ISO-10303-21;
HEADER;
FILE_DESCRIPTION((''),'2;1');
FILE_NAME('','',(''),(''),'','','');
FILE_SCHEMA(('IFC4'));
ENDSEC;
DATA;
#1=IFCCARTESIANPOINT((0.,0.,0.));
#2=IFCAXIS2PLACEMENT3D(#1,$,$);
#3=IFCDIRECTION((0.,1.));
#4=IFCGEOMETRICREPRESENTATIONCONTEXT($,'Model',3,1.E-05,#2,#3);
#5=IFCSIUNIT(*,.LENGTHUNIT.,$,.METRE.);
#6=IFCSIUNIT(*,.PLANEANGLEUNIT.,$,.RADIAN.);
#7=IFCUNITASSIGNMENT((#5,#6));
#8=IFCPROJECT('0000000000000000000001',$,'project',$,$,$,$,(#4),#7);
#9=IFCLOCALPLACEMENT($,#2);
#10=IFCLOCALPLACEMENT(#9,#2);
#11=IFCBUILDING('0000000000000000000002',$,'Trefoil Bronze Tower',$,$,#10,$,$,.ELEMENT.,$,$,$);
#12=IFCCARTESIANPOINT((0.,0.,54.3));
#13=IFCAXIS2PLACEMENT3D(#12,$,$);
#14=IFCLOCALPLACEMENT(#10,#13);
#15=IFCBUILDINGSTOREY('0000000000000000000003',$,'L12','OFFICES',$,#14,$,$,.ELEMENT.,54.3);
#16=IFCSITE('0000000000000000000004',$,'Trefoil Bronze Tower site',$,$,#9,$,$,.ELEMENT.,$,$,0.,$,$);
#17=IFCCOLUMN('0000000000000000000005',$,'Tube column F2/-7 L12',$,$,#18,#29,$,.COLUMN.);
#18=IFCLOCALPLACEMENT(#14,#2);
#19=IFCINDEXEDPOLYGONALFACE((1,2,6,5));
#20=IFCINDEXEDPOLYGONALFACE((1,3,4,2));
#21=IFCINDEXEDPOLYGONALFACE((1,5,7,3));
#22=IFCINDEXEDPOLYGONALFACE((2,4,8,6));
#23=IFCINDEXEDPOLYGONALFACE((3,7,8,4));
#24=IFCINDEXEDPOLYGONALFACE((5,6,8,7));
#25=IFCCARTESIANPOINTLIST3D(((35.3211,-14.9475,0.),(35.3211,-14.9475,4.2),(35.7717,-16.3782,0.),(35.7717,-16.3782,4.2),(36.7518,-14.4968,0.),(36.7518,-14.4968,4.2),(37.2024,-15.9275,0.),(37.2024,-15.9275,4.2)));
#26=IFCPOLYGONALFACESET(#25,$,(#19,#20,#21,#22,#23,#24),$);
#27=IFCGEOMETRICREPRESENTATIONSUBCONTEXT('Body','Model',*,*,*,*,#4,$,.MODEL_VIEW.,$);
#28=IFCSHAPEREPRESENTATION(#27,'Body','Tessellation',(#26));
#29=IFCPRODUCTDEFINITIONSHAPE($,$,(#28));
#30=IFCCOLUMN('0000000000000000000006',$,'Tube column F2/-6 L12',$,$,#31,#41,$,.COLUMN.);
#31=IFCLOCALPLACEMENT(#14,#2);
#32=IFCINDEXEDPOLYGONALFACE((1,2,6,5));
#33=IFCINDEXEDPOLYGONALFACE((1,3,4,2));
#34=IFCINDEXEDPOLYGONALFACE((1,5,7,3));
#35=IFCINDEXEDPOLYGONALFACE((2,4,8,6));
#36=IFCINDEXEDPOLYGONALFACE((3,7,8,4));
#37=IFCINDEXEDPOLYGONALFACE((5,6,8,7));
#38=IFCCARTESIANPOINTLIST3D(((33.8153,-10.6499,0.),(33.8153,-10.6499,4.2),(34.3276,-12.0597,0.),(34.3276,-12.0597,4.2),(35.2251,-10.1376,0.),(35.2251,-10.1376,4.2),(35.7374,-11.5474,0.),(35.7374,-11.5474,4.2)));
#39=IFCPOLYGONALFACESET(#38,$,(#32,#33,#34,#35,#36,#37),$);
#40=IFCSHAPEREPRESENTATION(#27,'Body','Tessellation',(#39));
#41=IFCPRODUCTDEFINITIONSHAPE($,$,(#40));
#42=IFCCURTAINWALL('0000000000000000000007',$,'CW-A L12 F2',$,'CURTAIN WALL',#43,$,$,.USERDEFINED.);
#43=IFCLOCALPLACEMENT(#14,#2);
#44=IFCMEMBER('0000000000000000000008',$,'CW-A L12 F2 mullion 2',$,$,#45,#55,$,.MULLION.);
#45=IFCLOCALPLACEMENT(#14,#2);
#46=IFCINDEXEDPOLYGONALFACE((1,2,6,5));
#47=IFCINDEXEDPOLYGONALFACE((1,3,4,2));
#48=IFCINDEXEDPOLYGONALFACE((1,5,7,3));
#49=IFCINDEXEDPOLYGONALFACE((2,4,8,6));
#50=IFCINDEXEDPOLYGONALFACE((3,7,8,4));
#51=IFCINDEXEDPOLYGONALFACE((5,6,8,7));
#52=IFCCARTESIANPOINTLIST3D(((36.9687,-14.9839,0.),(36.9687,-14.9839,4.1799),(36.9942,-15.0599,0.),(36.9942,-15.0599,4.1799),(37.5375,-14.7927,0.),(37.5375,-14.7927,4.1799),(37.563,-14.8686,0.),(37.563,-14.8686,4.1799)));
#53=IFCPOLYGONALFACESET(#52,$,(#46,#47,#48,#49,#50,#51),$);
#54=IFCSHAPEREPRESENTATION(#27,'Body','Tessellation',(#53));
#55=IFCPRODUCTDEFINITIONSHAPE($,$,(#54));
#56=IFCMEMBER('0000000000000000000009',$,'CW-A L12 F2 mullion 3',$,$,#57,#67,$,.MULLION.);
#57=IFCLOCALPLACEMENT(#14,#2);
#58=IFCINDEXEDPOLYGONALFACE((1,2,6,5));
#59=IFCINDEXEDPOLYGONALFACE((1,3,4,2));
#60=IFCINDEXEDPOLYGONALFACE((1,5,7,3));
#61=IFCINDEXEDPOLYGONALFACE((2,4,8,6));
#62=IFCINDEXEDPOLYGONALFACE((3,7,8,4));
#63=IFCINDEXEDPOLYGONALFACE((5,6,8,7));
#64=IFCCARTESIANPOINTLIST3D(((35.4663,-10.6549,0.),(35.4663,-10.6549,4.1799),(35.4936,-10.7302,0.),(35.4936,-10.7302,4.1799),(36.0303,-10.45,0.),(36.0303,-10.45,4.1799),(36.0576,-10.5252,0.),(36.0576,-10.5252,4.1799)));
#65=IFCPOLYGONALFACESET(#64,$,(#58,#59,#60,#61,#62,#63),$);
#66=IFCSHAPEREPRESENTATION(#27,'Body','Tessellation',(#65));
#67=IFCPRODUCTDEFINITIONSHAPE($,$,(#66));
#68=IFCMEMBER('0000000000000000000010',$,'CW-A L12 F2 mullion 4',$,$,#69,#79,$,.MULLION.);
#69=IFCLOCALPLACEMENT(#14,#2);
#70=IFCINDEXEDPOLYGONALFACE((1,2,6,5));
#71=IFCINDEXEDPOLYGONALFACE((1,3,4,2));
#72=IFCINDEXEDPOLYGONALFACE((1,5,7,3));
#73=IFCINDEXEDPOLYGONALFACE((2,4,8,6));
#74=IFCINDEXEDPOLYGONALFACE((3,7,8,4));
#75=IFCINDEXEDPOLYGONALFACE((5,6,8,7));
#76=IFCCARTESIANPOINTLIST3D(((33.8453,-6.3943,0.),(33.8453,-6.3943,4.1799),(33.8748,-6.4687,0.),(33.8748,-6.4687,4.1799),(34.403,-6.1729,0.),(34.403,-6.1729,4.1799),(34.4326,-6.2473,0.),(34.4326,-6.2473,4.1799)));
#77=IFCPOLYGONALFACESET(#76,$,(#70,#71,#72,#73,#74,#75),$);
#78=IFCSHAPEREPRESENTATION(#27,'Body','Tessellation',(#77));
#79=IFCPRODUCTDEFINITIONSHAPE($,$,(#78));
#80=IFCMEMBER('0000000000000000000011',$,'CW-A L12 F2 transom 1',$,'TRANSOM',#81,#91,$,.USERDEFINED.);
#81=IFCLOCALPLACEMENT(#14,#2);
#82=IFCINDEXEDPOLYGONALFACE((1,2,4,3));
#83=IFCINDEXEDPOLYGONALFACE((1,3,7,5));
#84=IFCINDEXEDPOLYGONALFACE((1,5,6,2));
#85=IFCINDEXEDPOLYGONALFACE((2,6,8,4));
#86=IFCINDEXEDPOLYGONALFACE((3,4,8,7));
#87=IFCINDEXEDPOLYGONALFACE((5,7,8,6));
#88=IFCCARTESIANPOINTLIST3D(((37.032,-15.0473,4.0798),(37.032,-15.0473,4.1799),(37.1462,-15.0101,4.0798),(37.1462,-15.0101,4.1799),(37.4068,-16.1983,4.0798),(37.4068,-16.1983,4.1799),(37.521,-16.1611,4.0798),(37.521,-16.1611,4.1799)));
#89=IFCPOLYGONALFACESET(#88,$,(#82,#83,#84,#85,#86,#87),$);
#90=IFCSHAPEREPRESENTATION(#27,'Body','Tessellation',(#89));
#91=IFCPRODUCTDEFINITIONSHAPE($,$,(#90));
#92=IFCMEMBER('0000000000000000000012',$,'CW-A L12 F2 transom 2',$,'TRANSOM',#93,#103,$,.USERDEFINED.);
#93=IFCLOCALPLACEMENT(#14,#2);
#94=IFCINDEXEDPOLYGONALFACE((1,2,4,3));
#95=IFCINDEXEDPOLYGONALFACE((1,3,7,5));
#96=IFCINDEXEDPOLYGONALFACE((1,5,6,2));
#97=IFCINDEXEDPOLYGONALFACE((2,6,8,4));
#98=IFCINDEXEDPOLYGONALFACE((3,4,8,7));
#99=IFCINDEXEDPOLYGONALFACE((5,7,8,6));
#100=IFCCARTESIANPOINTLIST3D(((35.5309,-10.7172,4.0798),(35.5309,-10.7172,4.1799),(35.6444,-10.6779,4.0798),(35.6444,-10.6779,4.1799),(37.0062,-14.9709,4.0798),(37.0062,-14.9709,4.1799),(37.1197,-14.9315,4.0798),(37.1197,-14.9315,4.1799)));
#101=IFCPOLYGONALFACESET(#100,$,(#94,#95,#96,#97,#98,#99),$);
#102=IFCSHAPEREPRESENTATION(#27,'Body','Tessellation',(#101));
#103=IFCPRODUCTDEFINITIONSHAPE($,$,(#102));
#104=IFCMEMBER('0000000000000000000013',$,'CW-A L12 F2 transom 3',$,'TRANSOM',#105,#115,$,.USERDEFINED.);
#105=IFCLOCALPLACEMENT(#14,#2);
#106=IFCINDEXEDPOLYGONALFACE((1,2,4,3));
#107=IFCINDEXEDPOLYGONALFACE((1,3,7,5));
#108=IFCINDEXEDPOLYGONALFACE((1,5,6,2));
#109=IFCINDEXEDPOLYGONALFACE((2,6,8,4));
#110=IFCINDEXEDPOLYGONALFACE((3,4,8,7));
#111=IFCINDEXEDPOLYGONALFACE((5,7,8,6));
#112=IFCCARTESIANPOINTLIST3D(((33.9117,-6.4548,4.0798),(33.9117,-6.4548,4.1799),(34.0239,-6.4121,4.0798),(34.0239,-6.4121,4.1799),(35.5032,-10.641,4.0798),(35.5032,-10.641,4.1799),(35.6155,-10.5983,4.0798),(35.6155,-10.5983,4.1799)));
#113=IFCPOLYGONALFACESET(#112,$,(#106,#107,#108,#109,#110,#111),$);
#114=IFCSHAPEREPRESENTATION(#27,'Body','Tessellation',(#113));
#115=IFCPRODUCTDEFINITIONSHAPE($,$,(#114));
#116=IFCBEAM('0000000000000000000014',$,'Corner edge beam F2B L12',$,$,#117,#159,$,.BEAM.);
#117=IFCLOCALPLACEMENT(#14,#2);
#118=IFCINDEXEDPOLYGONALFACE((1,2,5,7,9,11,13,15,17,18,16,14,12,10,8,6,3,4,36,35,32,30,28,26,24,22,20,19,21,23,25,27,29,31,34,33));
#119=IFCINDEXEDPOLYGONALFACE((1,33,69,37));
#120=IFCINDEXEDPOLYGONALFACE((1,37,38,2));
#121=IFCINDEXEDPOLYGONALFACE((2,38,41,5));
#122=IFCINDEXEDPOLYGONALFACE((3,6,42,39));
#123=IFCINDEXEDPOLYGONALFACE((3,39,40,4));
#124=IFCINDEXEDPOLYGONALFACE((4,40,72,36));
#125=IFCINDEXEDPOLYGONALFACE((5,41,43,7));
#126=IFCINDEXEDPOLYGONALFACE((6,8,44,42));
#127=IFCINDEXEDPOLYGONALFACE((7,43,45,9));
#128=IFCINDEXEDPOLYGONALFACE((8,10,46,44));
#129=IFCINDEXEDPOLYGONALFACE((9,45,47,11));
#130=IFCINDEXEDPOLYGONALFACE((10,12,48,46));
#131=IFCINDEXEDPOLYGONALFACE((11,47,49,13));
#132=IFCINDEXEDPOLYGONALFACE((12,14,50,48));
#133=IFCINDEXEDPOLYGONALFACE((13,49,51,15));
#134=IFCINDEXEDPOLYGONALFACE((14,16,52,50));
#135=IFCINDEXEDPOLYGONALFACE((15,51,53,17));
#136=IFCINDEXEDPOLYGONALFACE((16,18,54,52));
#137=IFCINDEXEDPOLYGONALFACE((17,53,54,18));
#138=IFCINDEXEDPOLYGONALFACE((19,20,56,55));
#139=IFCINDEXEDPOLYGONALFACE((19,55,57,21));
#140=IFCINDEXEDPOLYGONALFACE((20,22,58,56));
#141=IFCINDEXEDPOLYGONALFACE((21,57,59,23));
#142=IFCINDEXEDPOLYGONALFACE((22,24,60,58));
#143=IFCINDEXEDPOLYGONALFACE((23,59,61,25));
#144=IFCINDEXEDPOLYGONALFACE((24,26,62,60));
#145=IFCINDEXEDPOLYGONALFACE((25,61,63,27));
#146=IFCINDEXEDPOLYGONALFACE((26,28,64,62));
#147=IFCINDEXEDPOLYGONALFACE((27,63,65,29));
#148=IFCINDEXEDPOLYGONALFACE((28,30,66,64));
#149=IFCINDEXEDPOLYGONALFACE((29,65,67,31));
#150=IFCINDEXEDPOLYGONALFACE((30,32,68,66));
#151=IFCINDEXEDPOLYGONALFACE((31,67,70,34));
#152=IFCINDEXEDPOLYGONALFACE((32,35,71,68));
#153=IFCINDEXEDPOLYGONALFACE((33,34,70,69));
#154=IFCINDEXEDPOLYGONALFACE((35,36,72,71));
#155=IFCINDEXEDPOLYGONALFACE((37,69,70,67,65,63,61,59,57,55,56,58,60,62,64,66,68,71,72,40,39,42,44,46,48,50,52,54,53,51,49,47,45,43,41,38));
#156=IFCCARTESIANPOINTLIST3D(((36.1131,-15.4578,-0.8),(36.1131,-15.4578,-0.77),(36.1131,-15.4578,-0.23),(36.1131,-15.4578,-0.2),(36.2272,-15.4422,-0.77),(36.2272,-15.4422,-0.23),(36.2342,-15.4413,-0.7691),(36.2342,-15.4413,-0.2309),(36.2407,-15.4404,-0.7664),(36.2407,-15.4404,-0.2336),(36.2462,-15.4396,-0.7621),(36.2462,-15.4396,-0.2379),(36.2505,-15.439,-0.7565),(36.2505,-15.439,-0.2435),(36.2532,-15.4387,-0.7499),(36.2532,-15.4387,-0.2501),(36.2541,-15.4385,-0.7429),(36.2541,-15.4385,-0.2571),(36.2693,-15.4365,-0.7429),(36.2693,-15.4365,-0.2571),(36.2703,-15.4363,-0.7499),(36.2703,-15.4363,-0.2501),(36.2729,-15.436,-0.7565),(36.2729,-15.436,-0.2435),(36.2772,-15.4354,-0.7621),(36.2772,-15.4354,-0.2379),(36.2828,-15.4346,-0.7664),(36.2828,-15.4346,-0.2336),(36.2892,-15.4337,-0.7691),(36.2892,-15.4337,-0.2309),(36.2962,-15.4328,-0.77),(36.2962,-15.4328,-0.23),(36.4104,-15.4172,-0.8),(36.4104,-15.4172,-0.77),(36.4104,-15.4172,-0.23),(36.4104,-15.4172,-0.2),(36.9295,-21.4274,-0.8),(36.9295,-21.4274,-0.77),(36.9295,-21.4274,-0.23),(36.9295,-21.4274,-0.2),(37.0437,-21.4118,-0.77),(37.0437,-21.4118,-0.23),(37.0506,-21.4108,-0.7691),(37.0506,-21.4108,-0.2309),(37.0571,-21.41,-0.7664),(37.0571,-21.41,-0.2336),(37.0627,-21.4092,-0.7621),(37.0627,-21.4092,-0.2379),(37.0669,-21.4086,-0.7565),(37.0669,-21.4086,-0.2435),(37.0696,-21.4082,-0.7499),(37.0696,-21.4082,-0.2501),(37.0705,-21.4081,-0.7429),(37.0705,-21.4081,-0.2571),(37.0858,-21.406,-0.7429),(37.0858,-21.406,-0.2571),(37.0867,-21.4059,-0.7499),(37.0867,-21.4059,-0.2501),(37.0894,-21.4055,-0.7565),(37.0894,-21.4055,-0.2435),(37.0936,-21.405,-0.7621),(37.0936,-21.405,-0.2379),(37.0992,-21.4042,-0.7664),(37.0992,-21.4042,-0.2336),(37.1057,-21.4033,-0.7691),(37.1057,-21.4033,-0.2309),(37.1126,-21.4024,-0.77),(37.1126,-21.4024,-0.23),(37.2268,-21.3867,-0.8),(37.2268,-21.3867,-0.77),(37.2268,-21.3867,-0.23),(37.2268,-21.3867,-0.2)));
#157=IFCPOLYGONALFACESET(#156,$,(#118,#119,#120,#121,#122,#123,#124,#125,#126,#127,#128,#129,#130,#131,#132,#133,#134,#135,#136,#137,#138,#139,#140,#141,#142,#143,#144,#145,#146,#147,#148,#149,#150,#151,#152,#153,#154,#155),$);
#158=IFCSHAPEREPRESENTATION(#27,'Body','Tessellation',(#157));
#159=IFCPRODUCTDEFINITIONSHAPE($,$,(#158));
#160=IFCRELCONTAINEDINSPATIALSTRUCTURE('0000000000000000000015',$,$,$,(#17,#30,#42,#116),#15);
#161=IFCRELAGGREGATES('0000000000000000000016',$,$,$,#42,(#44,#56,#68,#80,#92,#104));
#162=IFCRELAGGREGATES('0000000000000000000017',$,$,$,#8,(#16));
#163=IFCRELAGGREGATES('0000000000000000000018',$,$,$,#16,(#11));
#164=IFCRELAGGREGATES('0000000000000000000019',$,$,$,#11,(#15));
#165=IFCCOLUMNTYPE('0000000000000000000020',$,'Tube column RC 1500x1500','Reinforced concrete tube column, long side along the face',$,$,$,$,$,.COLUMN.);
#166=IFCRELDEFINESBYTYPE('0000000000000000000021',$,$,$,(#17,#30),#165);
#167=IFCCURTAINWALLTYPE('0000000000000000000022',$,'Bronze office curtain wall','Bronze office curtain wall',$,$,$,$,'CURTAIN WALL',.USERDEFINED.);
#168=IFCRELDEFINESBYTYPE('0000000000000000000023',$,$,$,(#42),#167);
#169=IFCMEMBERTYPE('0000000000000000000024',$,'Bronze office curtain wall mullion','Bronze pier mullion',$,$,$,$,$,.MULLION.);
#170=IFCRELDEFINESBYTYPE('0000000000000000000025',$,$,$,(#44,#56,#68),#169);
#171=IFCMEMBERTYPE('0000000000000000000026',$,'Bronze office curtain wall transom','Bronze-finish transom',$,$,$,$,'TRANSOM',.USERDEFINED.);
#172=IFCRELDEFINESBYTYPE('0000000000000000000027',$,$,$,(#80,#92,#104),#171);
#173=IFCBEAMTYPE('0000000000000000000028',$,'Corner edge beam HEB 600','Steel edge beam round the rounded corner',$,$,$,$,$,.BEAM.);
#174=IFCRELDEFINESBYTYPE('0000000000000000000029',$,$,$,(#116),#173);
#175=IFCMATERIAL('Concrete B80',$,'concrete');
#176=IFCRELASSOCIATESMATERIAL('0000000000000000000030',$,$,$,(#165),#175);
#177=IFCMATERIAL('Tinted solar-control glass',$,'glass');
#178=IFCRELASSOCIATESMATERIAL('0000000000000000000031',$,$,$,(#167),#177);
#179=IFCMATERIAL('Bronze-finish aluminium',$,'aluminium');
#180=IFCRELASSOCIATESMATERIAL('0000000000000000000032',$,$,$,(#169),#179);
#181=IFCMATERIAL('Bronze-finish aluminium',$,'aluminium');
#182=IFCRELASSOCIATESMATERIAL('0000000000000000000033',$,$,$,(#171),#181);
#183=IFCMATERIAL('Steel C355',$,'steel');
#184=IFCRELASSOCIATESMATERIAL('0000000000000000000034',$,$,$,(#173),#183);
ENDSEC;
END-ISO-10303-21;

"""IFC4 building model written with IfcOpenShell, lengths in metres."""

from ifc_helpers import new_model, si_unit, direction, frame, origin, origin_2d, place, context, subcontext, project, spatial, rectangle, i_section, extrude, material, material_profile, profile_set, type_object, element, aggregate, save


model = new_model("IFC4")

# Units and contexts
model_context = context("Model", 3, precision=1e-05, world=origin(), true_north=direction((0.0, 1.0)))
body_context = subcontext(model_context, "Body", "Model", "MODEL_VIEW")
ifc_project = project(units=[si_unit("LENGTHUNIT", "METRE"), si_unit("PLANEANGLEUNIT", "RADIAN")], contexts=[model_context])

# Site, building, storey
site_placement = place(None, origin())
site = spatial("IfcSite", under=ifc_project, at=site_placement, Name="Trefoil Bronze Tower site", CompositionType="ELEMENT", RefElevation=0.0)
building_placement = place(site_placement, origin())
building = spatial("IfcBuilding", under=site, at=building_placement, Name="Trefoil Bronze Tower", CompositionType="ELEMENT")
storey_placement = place(building_placement, frame((0.0, 0.0, 54.3)))
storey = spatial("IfcBuildingStorey", under=building, at=storey_placement, Name="L12", Description="OFFICES", CompositionType="ELEMENT", Elevation=54.3)

# Columns
ifc_material_1 = material(Name="Concrete B80", Category="concrete")
ifc_material_profile_1 = material_profile(ifc_material_1, rectangle(XDim=1.5, YDim=1.5, at=origin_2d()), Name="RC 1500x1500")
ifc_profile_set_1 = profile_set([ifc_material_profile_1], Name="Concrete B80")
column_type = type_object("IfcColumnType", Name="Tube column RC 1500x1500", Description="Reinforced concrete tube column, long side along the face", PredefinedType="COLUMN", material=ifc_profile_set_1)
for number, where, z_axis, x_axis, name in (
    (1, (36.2617, -15.4375, 0.0), (0.0, 0.0, 1.0), (-0.300414, 0.953809, 0.0), "Tube column F2/-7 L12"),
    (2, (34.7764, -11.0986, 0.0), (0.0, 0.0, 1.0), (-0.341559, 0.93986, 0.0), "Tube column F2/-6 L12"),
):
    element("IfcColumn", number, at=place(storey_placement, frame(where, z_axis=z_axis, x_axis=x_axis)), inside=storey, type_object=column_type, Name=name, PredefinedType="COLUMN", context=body_context, shape_type="SweptSolid", body=[
        extrude(rectangle(XDim=1.5, YDim=1.5, at=origin_2d()), origin(), (0.0, 0.0, 1.0), 4.2),
    ])

# Curtain wall, members
ifc_material_2 = material(Name="Tinted solar-control glass", Category="glass")
curtain_wall_type = type_object("IfcCurtainWallType", Name="Bronze office curtain wall", Description="Bronze office curtain wall", ElementType="CURTAIN WALL", PredefinedType="USERDEFINED", material=ifc_material_2)
curtain_wall_placement = place(storey_placement, origin())
curtain_wall = element("IfcCurtainWall", 3, at=curtain_wall_placement, inside=storey, type_object=curtain_wall_type, Name="CW-A L12 F2", ObjectType="CURTAIN WALL", PredefinedType="USERDEFINED")
ifc_material_3 = material(Name="Bronze-finish aluminium", Category="aluminium")
ifc_material_profile_2 = material_profile(ifc_material_3, rectangle(XDim=0.6001, YDim=0.0801, at=origin_2d()), Name="CW-A mullion")
ifc_profile_set_2 = profile_set([ifc_material_profile_2], Name="Bronze-finish aluminium")
member_type_1 = type_object("IfcMemberType", Name="Bronze office curtain wall mullion", Description="Bronze pier mullion", PredefinedType="MULLION", material=ifc_profile_set_2)
member_1_placement = place(storey_placement, frame((37.2659, -14.9263, 0.0), z_axis=(0.0, 0.0, 1.0), x_axis=(-0.947851, -0.318715, 0.0)))
member_1 = element("IfcMember", 4, at=member_1_placement, type_object=member_type_1, Name="CW-A L12 F2 mullion 2", PredefinedType="MULLION", context=body_context, shape_type="SweptSolid", body=[
    extrude(rectangle(XDim=0.6001, YDim=0.0801, at=origin_2d()), origin(), (0.0, 0.0, 1.0), 4.1799),
])
member_2_placement = place(storey_placement, frame((35.762, -10.5901, 0.0), z_axis=(0.0, 0.0, 1.0), x_axis=(-0.93986, -0.341559, 0.0)))
member_2 = element("IfcMember", 5, at=member_2_placement, type_object=member_type_1, Name="CW-A L12 F2 mullion 3", PredefinedType="MULLION", context=body_context, shape_type="SweptSolid", body=[
    extrude(rectangle(XDim=0.6001, YDim=0.0801, at=origin_2d()), origin(), (0.0, 0.0, 1.0), 4.1799),
])
member_3_placement = place(storey_placement, frame((34.1389, -6.3208, 0.0), z_axis=(0.0, 0.0, 1.0), x_axis=(-0.929414, -0.36904, 0.0)))
member_3 = element("IfcMember", 6, at=member_3_placement, type_object=member_type_1, Name="CW-A L12 F2 mullion 4", PredefinedType="MULLION", context=body_context, shape_type="SweptSolid", body=[
    extrude(rectangle(XDim=0.6001, YDim=0.0801, at=origin_2d()), origin(), (0.0, 0.0, 1.0), 4.1799),
])
ifc_material_4 = material(Name="Bronze-finish aluminium", Category="aluminium")
ifc_material_profile_3 = material_profile(ifc_material_4, rectangle(XDim=0.1201, YDim=0.1001, at=origin_2d()), Name="CW-A transom")
ifc_profile_set_3 = profile_set([ifc_material_profile_3], Name="Bronze-finish aluminium")
member_type_2 = type_object("IfcMemberType", Name="Bronze office curtain wall transom", Description="Bronze-finish transom", ElementType="TRANSOM", PredefinedType="USERDEFINED", material=ifc_profile_set_3)
member_4_placement = place(storey_placement, frame((37.4639, -16.1797, 4.1299), z_axis=(-0.309624, 0.950859, 0.0), x_axis=(-0.950859, -0.309624, 0.0)))
member_4 = element("IfcMember", 7, at=member_4_placement, type_object=member_type_2, Name="CW-A L12 F2 transom 1", ObjectType="TRANSOM", PredefinedType="USERDEFINED", context=body_context, shape_type="SweptSolid", body=[
    extrude(rectangle(XDim=0.1201, YDim=0.1001, at=origin_2d()), origin(), (0.0, 0.0, 1.0), 1.2104),
])
member_5_placement = place(storey_placement, frame((37.063, -14.9512, 4.1299), z_axis=(-0.32769, 0.944785, 0.0), x_axis=(-0.944785, -0.32769, 0.0)))
member_5 = element("IfcMember", 8, at=member_5_placement, type_object=member_type_2, Name="CW-A L12 F2 transom 2", ObjectType="TRANSOM", PredefinedType="USERDEFINED", context=body_context, shape_type="SweptSolid", body=[
    extrude(rectangle(XDim=0.1201, YDim=0.1001, at=origin_2d()), origin(), (0.0, 0.0, 1.0), 4.5022),
])
member_6_placement = place(storey_placement, frame((35.5593, -10.6196, 4.1299), z_axis=(-0.355367, 0.934727, 0.0), x_axis=(-0.934727, -0.355367, 0.0)))
member_6 = element("IfcMember", 9, at=member_6_placement, type_object=member_type_2, Name="CW-A L12 F2 transom 3", ObjectType="TRANSOM", PredefinedType="USERDEFINED", context=body_context, shape_type="SweptSolid", body=[
    extrude(rectangle(XDim=0.1201, YDim=0.1001, at=origin_2d()), origin(), (0.0, 0.0, 1.0), 4.4785),
])

# Beam
ifc_material_5 = material(Name="Steel C355", Category="steel")
ifc_material_profile_4 = material_profile(ifc_material_5, i_section(OverallWidth=0.3, OverallDepth=0.6001, WebThickness=0.0154, FlangeThickness=0.03, FilletRadius=0.0271, at=origin_2d()), Name="HEB 600")
ifc_profile_set_4 = profile_set([ifc_material_profile_4], Name="Steel C355")
beam_type_1 = type_object("IfcBeamType", Name="Corner edge beam HEB 600", Description="Steel edge beam round the rounded corner", PredefinedType="BEAM", material=ifc_profile_set_4)
beam_1_placement = place(storey_placement, frame((36.2617, -15.4375, -0.5), z_axis=(0.135502, -0.990777, 0.0), x_axis=(0.990777, 0.135502, 0.0)))
element("IfcBeam", 10, at=beam_1_placement, inside=storey, type_object=beam_type_1, Name="Corner edge beam F2B L12", PredefinedType="BEAM", context=body_context, shape_type="SweptSolid", body=[
    extrude(i_section(OverallWidth=0.3, OverallDepth=0.6001, WebThickness=0.0154, FlangeThickness=0.03, FilletRadius=0.0271, at=origin_2d()), origin(), (0.0, 0.0, 1.0), 6.0251),
])

aggregate(curtain_wall, [member_1, member_2, member_3, member_4, member_5, member_6])

save(model, "model.ifc")
